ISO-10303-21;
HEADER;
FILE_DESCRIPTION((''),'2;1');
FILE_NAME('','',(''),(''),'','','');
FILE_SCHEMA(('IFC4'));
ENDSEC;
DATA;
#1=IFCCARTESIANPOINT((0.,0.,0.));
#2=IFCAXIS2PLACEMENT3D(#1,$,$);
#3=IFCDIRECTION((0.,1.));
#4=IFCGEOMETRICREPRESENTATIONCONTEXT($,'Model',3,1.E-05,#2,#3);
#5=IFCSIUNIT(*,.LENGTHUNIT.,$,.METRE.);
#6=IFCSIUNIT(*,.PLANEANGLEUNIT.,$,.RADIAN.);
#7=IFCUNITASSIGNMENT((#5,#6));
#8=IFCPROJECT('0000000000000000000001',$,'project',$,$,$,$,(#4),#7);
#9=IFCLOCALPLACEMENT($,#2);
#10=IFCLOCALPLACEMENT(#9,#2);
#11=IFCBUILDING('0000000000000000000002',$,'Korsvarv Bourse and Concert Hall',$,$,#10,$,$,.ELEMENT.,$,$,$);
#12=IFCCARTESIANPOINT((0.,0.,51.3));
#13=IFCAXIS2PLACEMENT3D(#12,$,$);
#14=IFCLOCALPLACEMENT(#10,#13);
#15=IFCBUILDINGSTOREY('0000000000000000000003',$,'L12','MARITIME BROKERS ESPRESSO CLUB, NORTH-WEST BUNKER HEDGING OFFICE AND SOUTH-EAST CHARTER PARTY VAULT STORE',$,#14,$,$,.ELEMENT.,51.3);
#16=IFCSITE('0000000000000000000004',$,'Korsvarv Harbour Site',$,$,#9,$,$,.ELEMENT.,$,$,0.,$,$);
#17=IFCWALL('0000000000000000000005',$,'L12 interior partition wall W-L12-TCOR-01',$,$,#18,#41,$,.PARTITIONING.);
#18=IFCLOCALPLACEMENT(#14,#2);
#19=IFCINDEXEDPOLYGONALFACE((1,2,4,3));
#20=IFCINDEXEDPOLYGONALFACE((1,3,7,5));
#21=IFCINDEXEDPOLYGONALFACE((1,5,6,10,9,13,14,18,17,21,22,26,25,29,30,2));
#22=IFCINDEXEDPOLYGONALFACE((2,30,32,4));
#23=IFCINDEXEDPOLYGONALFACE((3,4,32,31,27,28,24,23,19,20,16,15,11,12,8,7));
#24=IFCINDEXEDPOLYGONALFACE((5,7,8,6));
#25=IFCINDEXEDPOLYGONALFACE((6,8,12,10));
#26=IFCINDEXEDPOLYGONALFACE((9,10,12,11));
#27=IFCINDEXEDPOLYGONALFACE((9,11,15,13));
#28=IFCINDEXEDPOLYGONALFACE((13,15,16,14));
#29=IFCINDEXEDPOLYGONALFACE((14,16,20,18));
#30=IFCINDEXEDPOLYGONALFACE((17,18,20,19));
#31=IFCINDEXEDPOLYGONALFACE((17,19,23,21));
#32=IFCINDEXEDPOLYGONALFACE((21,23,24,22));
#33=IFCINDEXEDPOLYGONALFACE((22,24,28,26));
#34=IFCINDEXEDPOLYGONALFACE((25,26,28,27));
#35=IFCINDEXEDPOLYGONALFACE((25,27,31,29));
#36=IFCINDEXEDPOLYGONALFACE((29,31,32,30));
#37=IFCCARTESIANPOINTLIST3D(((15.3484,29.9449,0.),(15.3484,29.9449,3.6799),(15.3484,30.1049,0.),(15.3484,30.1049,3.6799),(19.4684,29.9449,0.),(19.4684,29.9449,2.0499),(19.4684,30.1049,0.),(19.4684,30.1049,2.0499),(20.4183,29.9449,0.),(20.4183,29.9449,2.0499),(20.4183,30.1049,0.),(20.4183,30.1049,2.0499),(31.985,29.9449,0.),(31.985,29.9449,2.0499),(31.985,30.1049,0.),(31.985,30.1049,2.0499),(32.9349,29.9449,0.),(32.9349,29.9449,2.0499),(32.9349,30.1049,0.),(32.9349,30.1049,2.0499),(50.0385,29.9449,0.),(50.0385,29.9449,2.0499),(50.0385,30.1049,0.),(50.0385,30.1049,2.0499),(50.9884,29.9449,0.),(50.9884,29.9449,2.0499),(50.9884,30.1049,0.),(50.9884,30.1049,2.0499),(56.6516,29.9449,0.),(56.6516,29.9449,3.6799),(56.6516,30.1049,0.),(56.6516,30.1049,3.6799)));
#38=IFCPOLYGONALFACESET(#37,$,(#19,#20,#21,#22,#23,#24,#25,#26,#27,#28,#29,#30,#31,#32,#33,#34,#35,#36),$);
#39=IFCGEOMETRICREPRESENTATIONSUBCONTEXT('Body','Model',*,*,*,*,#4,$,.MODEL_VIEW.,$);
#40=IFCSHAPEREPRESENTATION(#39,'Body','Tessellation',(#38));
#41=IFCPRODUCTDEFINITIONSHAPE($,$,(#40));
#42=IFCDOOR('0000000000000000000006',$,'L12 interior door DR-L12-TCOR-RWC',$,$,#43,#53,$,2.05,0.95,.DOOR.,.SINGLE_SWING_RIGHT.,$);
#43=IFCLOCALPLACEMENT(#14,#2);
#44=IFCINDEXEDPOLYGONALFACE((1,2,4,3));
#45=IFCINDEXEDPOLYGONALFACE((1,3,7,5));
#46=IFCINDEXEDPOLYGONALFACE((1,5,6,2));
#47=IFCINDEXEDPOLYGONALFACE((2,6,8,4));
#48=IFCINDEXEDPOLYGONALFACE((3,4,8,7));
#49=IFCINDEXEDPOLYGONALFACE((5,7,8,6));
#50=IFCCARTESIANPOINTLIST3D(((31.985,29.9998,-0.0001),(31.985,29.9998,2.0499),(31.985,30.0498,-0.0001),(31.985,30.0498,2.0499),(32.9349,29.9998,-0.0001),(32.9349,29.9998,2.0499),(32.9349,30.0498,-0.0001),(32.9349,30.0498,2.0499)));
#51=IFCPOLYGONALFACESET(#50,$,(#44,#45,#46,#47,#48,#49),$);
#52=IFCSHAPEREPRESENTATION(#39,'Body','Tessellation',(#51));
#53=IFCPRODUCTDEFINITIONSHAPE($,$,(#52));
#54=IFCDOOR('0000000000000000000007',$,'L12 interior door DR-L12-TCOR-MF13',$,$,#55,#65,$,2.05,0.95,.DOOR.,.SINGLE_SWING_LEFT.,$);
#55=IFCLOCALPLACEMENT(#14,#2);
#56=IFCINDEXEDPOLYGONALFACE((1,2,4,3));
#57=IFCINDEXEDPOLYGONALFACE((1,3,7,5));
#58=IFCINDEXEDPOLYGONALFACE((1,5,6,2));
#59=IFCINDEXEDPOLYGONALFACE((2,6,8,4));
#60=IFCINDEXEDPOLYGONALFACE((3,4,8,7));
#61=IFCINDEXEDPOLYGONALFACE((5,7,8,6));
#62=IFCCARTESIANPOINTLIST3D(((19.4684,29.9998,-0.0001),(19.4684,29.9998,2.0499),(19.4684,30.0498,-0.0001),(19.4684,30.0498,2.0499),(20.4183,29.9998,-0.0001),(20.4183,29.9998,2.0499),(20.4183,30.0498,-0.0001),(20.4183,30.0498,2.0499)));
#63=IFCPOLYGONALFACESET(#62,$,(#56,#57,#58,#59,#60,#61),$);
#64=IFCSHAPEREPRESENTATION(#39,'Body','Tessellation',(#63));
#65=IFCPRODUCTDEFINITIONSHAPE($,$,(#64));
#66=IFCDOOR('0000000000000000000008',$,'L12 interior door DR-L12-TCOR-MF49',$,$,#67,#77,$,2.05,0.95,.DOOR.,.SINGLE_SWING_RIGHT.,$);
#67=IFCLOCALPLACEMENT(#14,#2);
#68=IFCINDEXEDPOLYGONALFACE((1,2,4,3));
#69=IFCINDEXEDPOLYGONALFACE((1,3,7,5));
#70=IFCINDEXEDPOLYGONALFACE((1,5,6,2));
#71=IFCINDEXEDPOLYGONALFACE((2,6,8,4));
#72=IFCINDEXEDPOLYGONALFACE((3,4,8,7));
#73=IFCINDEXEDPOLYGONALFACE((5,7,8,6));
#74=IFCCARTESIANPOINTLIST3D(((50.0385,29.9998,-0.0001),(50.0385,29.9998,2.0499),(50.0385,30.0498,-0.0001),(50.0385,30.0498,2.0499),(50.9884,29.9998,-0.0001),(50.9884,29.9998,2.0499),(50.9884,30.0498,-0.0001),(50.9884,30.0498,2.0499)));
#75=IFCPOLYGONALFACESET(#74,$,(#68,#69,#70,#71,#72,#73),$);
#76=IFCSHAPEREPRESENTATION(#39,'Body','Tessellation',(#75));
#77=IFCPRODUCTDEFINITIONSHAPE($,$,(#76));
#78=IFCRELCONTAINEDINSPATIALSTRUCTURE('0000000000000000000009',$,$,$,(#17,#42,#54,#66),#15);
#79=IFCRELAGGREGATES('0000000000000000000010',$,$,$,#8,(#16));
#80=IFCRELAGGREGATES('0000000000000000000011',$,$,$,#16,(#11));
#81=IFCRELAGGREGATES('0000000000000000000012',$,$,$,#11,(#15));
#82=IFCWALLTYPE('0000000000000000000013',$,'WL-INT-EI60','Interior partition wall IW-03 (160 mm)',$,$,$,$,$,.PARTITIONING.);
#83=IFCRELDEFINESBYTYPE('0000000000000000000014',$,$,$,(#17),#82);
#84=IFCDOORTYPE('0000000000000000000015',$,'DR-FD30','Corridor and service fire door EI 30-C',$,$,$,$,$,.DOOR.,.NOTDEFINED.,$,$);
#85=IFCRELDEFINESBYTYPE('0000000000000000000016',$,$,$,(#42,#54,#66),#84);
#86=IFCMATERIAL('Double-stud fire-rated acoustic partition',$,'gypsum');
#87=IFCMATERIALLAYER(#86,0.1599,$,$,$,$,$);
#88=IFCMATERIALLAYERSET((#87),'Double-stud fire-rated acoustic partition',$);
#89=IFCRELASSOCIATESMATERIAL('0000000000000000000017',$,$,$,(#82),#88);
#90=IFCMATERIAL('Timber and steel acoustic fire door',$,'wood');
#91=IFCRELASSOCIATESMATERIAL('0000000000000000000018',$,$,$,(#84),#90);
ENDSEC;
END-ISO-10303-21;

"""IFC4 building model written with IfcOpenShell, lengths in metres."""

from ifc_helpers import new_model, si_unit, direction, frame, frame_2d, origin, place, context, subcontext, project, spatial, rectangle, extrude, material, layer, layer_set, type_object, element, fill, save


model = new_model("IFC4")

# Units and contexts
model_context = context("Model", 3, precision=1e-05, world=origin(), true_north=direction((0.0, 1.0)))
body_context = subcontext(model_context, "Body", "Model", "MODEL_VIEW")
ifc_project = project(units=[si_unit("LENGTHUNIT", "METRE"), si_unit("PLANEANGLEUNIT", "RADIAN")], contexts=[model_context])

# Site, building, storey
site_placement = place(None, origin())
site = spatial("IfcSite", under=ifc_project, at=site_placement, Name="Korsvarv Harbour Site", CompositionType="ELEMENT", RefElevation=0.0)
building_placement = place(site_placement, origin())
building = spatial("IfcBuilding", under=site, at=building_placement, Name="Korsvarv Bourse and Concert Hall", CompositionType="ELEMENT")
storey_placement = place(building_placement, frame((0.0, 0.0, 51.3)))
storey = spatial("IfcBuildingStorey", under=building, at=storey_placement, Name="L12", Description="MARITIME BROKERS ESPRESSO CLUB, NORTH-WEST BUNKER HEDGING OFFICE AND SOUTH-EAST CHARTER PARTY VAULT STORE", CompositionType="ELEMENT", Elevation=51.3)

# Wall, openings, doors
ifc_material_1 = material(Name="Double-stud fire-rated acoustic partition", Category="gypsum")
ifc_layer_1 = layer(ifc_material_1, 0.1599)
ifc_layer_set_1 = layer_set([ifc_layer_1], Name="Double-stud fire-rated acoustic partition")
wall_type = type_object("IfcWallType", Name="WL-INT-EI60", Description="Interior partition wall IW-03 (160 mm)", PredefinedType="PARTITIONING", material=ifc_layer_set_1)
wall_placement = place(storey_placement, frame((15.3484, 30.0249, 0.0), z_axis=(0.0, 0.0, 1.0), x_axis=(1.0, 0.0, 0.0)))
wall = element("IfcWall", 1, at=wall_placement, inside=storey, type_object=wall_type, Name="L12 interior partition wall W-L12-TCOR-01", PredefinedType="PARTITIONING", context=body_context, shape_type="SweptSolid", body=[
    extrude(rectangle(XDim=41.3032, YDim=0.1599, at=frame_2d((20.6516, 0.0))), origin(), (0.0, 0.0, 1.0), 3.6799),
])
opening_1_placement = place(wall_placement, frame((16.6365, 0.0, 0.0)))
opening_1 = element("IfcOpeningElement", 2, at=opening_1_placement, cuts=wall, PredefinedType="OPENING", context=body_context, shape_type="SweptSolid", body=[
    extrude(rectangle(XDim=0.95, YDim=2.05, at=frame_2d((0.4751, 1.0249))), frame((0.0, 0.0898, 0.0), z_axis=(0.0, -1.0, 0.0), x_axis=(1.0, 0.0, 0.0)), (0.0, 0.0, 1.0), 0.1799),
])
opening_2_placement = place(wall_placement, frame((4.1199, 0.0, 0.0)))
opening_2 = element("IfcOpeningElement", 3, at=opening_2_placement, cuts=wall, PredefinedType="OPENING", context=body_context, shape_type="SweptSolid", body=[
    extrude(rectangle(XDim=0.95, YDim=2.05, at=frame_2d((0.4751, 1.0249))), frame((0.0, 0.0898, 0.0), z_axis=(0.0, -1.0, 0.0), x_axis=(1.0, 0.0, 0.0)), (0.0, 0.0, 1.0), 0.1799),
])
opening_3_placement = place(wall_placement, frame((34.6899, 0.0, 0.0)))
opening_3 = element("IfcOpeningElement", 4, at=opening_3_placement, cuts=wall, PredefinedType="OPENING", context=body_context, shape_type="SweptSolid", body=[
    extrude(rectangle(XDim=0.95, YDim=2.05, at=frame_2d((0.4751, 1.0249))), frame((0.0, 0.0898, 0.0), z_axis=(0.0, -1.0, 0.0), x_axis=(1.0, 0.0, 0.0)), (0.0, 0.0, 1.0), 0.1799),
])
ifc_material_2 = material(Name="Timber and steel acoustic fire door", Category="wood")
door_type = type_object("IfcDoorType", Name="DR-FD30", Description="Corridor and service fire door EI 30-C", OperationType="NOTDEFINED", PredefinedType="DOOR", material=ifc_material_2)
door_1_placement = place(opening_1_placement, origin())
door_1 = element("IfcDoor", 5, at=door_1_placement, inside=storey, type_object=door_type, Name="L12 interior door DR-L12-TCOR-RWC", OperationType="SINGLE_SWING_RIGHT", OverallHeight=2.05, OverallWidth=0.95, PredefinedType="DOOR", context=body_context, shape_type="SweptSolid", body=[
    extrude(rectangle(XDim=0.95, YDim=2.05, at=frame_2d((0.4751, 1.0249))), frame((0.0, 0.0249, 0.0), z_axis=(0.0, -1.0, 0.0), x_axis=(1.0, 0.0, 0.0)), (0.0, 0.0, 1.0), 0.05),
])
fill(opening_1, door_1)
door_2_placement = place(opening_2_placement, origin())
door_2 = element("IfcDoor", 6, at=door_2_placement, inside=storey, type_object=door_type, Name="L12 interior door DR-L12-TCOR-MF13", OperationType="SINGLE_SWING_LEFT", OverallHeight=2.05, OverallWidth=0.95, PredefinedType="DOOR", context=body_context, shape_type="SweptSolid", body=[
    extrude(rectangle(XDim=0.95, YDim=2.05, at=frame_2d((0.4751, 1.0249))), frame((0.0, 0.0249, 0.0), z_axis=(0.0, -1.0, 0.0), x_axis=(1.0, 0.0, 0.0)), (0.0, 0.0, 1.0), 0.05),
])
fill(opening_2, door_2)
door_3_placement = place(opening_3_placement, origin())
door_3 = element("IfcDoor", 7, at=door_3_placement, inside=storey, type_object=door_type, Name="L12 interior door DR-L12-TCOR-MF49", OperationType="SINGLE_SWING_RIGHT", OverallHeight=2.05, OverallWidth=0.95, PredefinedType="DOOR", context=body_context, shape_type="SweptSolid", body=[
    extrude(rectangle(XDim=0.95, YDim=2.05, at=frame_2d((0.4751, 1.0249))), frame((0.0, 0.0249, 0.0), z_axis=(0.0, -1.0, 0.0), x_axis=(1.0, 0.0, 0.0)), (0.0, 0.0, 1.0), 0.05),
])
fill(opening_3, door_3)

save(model, "model.ifc")
